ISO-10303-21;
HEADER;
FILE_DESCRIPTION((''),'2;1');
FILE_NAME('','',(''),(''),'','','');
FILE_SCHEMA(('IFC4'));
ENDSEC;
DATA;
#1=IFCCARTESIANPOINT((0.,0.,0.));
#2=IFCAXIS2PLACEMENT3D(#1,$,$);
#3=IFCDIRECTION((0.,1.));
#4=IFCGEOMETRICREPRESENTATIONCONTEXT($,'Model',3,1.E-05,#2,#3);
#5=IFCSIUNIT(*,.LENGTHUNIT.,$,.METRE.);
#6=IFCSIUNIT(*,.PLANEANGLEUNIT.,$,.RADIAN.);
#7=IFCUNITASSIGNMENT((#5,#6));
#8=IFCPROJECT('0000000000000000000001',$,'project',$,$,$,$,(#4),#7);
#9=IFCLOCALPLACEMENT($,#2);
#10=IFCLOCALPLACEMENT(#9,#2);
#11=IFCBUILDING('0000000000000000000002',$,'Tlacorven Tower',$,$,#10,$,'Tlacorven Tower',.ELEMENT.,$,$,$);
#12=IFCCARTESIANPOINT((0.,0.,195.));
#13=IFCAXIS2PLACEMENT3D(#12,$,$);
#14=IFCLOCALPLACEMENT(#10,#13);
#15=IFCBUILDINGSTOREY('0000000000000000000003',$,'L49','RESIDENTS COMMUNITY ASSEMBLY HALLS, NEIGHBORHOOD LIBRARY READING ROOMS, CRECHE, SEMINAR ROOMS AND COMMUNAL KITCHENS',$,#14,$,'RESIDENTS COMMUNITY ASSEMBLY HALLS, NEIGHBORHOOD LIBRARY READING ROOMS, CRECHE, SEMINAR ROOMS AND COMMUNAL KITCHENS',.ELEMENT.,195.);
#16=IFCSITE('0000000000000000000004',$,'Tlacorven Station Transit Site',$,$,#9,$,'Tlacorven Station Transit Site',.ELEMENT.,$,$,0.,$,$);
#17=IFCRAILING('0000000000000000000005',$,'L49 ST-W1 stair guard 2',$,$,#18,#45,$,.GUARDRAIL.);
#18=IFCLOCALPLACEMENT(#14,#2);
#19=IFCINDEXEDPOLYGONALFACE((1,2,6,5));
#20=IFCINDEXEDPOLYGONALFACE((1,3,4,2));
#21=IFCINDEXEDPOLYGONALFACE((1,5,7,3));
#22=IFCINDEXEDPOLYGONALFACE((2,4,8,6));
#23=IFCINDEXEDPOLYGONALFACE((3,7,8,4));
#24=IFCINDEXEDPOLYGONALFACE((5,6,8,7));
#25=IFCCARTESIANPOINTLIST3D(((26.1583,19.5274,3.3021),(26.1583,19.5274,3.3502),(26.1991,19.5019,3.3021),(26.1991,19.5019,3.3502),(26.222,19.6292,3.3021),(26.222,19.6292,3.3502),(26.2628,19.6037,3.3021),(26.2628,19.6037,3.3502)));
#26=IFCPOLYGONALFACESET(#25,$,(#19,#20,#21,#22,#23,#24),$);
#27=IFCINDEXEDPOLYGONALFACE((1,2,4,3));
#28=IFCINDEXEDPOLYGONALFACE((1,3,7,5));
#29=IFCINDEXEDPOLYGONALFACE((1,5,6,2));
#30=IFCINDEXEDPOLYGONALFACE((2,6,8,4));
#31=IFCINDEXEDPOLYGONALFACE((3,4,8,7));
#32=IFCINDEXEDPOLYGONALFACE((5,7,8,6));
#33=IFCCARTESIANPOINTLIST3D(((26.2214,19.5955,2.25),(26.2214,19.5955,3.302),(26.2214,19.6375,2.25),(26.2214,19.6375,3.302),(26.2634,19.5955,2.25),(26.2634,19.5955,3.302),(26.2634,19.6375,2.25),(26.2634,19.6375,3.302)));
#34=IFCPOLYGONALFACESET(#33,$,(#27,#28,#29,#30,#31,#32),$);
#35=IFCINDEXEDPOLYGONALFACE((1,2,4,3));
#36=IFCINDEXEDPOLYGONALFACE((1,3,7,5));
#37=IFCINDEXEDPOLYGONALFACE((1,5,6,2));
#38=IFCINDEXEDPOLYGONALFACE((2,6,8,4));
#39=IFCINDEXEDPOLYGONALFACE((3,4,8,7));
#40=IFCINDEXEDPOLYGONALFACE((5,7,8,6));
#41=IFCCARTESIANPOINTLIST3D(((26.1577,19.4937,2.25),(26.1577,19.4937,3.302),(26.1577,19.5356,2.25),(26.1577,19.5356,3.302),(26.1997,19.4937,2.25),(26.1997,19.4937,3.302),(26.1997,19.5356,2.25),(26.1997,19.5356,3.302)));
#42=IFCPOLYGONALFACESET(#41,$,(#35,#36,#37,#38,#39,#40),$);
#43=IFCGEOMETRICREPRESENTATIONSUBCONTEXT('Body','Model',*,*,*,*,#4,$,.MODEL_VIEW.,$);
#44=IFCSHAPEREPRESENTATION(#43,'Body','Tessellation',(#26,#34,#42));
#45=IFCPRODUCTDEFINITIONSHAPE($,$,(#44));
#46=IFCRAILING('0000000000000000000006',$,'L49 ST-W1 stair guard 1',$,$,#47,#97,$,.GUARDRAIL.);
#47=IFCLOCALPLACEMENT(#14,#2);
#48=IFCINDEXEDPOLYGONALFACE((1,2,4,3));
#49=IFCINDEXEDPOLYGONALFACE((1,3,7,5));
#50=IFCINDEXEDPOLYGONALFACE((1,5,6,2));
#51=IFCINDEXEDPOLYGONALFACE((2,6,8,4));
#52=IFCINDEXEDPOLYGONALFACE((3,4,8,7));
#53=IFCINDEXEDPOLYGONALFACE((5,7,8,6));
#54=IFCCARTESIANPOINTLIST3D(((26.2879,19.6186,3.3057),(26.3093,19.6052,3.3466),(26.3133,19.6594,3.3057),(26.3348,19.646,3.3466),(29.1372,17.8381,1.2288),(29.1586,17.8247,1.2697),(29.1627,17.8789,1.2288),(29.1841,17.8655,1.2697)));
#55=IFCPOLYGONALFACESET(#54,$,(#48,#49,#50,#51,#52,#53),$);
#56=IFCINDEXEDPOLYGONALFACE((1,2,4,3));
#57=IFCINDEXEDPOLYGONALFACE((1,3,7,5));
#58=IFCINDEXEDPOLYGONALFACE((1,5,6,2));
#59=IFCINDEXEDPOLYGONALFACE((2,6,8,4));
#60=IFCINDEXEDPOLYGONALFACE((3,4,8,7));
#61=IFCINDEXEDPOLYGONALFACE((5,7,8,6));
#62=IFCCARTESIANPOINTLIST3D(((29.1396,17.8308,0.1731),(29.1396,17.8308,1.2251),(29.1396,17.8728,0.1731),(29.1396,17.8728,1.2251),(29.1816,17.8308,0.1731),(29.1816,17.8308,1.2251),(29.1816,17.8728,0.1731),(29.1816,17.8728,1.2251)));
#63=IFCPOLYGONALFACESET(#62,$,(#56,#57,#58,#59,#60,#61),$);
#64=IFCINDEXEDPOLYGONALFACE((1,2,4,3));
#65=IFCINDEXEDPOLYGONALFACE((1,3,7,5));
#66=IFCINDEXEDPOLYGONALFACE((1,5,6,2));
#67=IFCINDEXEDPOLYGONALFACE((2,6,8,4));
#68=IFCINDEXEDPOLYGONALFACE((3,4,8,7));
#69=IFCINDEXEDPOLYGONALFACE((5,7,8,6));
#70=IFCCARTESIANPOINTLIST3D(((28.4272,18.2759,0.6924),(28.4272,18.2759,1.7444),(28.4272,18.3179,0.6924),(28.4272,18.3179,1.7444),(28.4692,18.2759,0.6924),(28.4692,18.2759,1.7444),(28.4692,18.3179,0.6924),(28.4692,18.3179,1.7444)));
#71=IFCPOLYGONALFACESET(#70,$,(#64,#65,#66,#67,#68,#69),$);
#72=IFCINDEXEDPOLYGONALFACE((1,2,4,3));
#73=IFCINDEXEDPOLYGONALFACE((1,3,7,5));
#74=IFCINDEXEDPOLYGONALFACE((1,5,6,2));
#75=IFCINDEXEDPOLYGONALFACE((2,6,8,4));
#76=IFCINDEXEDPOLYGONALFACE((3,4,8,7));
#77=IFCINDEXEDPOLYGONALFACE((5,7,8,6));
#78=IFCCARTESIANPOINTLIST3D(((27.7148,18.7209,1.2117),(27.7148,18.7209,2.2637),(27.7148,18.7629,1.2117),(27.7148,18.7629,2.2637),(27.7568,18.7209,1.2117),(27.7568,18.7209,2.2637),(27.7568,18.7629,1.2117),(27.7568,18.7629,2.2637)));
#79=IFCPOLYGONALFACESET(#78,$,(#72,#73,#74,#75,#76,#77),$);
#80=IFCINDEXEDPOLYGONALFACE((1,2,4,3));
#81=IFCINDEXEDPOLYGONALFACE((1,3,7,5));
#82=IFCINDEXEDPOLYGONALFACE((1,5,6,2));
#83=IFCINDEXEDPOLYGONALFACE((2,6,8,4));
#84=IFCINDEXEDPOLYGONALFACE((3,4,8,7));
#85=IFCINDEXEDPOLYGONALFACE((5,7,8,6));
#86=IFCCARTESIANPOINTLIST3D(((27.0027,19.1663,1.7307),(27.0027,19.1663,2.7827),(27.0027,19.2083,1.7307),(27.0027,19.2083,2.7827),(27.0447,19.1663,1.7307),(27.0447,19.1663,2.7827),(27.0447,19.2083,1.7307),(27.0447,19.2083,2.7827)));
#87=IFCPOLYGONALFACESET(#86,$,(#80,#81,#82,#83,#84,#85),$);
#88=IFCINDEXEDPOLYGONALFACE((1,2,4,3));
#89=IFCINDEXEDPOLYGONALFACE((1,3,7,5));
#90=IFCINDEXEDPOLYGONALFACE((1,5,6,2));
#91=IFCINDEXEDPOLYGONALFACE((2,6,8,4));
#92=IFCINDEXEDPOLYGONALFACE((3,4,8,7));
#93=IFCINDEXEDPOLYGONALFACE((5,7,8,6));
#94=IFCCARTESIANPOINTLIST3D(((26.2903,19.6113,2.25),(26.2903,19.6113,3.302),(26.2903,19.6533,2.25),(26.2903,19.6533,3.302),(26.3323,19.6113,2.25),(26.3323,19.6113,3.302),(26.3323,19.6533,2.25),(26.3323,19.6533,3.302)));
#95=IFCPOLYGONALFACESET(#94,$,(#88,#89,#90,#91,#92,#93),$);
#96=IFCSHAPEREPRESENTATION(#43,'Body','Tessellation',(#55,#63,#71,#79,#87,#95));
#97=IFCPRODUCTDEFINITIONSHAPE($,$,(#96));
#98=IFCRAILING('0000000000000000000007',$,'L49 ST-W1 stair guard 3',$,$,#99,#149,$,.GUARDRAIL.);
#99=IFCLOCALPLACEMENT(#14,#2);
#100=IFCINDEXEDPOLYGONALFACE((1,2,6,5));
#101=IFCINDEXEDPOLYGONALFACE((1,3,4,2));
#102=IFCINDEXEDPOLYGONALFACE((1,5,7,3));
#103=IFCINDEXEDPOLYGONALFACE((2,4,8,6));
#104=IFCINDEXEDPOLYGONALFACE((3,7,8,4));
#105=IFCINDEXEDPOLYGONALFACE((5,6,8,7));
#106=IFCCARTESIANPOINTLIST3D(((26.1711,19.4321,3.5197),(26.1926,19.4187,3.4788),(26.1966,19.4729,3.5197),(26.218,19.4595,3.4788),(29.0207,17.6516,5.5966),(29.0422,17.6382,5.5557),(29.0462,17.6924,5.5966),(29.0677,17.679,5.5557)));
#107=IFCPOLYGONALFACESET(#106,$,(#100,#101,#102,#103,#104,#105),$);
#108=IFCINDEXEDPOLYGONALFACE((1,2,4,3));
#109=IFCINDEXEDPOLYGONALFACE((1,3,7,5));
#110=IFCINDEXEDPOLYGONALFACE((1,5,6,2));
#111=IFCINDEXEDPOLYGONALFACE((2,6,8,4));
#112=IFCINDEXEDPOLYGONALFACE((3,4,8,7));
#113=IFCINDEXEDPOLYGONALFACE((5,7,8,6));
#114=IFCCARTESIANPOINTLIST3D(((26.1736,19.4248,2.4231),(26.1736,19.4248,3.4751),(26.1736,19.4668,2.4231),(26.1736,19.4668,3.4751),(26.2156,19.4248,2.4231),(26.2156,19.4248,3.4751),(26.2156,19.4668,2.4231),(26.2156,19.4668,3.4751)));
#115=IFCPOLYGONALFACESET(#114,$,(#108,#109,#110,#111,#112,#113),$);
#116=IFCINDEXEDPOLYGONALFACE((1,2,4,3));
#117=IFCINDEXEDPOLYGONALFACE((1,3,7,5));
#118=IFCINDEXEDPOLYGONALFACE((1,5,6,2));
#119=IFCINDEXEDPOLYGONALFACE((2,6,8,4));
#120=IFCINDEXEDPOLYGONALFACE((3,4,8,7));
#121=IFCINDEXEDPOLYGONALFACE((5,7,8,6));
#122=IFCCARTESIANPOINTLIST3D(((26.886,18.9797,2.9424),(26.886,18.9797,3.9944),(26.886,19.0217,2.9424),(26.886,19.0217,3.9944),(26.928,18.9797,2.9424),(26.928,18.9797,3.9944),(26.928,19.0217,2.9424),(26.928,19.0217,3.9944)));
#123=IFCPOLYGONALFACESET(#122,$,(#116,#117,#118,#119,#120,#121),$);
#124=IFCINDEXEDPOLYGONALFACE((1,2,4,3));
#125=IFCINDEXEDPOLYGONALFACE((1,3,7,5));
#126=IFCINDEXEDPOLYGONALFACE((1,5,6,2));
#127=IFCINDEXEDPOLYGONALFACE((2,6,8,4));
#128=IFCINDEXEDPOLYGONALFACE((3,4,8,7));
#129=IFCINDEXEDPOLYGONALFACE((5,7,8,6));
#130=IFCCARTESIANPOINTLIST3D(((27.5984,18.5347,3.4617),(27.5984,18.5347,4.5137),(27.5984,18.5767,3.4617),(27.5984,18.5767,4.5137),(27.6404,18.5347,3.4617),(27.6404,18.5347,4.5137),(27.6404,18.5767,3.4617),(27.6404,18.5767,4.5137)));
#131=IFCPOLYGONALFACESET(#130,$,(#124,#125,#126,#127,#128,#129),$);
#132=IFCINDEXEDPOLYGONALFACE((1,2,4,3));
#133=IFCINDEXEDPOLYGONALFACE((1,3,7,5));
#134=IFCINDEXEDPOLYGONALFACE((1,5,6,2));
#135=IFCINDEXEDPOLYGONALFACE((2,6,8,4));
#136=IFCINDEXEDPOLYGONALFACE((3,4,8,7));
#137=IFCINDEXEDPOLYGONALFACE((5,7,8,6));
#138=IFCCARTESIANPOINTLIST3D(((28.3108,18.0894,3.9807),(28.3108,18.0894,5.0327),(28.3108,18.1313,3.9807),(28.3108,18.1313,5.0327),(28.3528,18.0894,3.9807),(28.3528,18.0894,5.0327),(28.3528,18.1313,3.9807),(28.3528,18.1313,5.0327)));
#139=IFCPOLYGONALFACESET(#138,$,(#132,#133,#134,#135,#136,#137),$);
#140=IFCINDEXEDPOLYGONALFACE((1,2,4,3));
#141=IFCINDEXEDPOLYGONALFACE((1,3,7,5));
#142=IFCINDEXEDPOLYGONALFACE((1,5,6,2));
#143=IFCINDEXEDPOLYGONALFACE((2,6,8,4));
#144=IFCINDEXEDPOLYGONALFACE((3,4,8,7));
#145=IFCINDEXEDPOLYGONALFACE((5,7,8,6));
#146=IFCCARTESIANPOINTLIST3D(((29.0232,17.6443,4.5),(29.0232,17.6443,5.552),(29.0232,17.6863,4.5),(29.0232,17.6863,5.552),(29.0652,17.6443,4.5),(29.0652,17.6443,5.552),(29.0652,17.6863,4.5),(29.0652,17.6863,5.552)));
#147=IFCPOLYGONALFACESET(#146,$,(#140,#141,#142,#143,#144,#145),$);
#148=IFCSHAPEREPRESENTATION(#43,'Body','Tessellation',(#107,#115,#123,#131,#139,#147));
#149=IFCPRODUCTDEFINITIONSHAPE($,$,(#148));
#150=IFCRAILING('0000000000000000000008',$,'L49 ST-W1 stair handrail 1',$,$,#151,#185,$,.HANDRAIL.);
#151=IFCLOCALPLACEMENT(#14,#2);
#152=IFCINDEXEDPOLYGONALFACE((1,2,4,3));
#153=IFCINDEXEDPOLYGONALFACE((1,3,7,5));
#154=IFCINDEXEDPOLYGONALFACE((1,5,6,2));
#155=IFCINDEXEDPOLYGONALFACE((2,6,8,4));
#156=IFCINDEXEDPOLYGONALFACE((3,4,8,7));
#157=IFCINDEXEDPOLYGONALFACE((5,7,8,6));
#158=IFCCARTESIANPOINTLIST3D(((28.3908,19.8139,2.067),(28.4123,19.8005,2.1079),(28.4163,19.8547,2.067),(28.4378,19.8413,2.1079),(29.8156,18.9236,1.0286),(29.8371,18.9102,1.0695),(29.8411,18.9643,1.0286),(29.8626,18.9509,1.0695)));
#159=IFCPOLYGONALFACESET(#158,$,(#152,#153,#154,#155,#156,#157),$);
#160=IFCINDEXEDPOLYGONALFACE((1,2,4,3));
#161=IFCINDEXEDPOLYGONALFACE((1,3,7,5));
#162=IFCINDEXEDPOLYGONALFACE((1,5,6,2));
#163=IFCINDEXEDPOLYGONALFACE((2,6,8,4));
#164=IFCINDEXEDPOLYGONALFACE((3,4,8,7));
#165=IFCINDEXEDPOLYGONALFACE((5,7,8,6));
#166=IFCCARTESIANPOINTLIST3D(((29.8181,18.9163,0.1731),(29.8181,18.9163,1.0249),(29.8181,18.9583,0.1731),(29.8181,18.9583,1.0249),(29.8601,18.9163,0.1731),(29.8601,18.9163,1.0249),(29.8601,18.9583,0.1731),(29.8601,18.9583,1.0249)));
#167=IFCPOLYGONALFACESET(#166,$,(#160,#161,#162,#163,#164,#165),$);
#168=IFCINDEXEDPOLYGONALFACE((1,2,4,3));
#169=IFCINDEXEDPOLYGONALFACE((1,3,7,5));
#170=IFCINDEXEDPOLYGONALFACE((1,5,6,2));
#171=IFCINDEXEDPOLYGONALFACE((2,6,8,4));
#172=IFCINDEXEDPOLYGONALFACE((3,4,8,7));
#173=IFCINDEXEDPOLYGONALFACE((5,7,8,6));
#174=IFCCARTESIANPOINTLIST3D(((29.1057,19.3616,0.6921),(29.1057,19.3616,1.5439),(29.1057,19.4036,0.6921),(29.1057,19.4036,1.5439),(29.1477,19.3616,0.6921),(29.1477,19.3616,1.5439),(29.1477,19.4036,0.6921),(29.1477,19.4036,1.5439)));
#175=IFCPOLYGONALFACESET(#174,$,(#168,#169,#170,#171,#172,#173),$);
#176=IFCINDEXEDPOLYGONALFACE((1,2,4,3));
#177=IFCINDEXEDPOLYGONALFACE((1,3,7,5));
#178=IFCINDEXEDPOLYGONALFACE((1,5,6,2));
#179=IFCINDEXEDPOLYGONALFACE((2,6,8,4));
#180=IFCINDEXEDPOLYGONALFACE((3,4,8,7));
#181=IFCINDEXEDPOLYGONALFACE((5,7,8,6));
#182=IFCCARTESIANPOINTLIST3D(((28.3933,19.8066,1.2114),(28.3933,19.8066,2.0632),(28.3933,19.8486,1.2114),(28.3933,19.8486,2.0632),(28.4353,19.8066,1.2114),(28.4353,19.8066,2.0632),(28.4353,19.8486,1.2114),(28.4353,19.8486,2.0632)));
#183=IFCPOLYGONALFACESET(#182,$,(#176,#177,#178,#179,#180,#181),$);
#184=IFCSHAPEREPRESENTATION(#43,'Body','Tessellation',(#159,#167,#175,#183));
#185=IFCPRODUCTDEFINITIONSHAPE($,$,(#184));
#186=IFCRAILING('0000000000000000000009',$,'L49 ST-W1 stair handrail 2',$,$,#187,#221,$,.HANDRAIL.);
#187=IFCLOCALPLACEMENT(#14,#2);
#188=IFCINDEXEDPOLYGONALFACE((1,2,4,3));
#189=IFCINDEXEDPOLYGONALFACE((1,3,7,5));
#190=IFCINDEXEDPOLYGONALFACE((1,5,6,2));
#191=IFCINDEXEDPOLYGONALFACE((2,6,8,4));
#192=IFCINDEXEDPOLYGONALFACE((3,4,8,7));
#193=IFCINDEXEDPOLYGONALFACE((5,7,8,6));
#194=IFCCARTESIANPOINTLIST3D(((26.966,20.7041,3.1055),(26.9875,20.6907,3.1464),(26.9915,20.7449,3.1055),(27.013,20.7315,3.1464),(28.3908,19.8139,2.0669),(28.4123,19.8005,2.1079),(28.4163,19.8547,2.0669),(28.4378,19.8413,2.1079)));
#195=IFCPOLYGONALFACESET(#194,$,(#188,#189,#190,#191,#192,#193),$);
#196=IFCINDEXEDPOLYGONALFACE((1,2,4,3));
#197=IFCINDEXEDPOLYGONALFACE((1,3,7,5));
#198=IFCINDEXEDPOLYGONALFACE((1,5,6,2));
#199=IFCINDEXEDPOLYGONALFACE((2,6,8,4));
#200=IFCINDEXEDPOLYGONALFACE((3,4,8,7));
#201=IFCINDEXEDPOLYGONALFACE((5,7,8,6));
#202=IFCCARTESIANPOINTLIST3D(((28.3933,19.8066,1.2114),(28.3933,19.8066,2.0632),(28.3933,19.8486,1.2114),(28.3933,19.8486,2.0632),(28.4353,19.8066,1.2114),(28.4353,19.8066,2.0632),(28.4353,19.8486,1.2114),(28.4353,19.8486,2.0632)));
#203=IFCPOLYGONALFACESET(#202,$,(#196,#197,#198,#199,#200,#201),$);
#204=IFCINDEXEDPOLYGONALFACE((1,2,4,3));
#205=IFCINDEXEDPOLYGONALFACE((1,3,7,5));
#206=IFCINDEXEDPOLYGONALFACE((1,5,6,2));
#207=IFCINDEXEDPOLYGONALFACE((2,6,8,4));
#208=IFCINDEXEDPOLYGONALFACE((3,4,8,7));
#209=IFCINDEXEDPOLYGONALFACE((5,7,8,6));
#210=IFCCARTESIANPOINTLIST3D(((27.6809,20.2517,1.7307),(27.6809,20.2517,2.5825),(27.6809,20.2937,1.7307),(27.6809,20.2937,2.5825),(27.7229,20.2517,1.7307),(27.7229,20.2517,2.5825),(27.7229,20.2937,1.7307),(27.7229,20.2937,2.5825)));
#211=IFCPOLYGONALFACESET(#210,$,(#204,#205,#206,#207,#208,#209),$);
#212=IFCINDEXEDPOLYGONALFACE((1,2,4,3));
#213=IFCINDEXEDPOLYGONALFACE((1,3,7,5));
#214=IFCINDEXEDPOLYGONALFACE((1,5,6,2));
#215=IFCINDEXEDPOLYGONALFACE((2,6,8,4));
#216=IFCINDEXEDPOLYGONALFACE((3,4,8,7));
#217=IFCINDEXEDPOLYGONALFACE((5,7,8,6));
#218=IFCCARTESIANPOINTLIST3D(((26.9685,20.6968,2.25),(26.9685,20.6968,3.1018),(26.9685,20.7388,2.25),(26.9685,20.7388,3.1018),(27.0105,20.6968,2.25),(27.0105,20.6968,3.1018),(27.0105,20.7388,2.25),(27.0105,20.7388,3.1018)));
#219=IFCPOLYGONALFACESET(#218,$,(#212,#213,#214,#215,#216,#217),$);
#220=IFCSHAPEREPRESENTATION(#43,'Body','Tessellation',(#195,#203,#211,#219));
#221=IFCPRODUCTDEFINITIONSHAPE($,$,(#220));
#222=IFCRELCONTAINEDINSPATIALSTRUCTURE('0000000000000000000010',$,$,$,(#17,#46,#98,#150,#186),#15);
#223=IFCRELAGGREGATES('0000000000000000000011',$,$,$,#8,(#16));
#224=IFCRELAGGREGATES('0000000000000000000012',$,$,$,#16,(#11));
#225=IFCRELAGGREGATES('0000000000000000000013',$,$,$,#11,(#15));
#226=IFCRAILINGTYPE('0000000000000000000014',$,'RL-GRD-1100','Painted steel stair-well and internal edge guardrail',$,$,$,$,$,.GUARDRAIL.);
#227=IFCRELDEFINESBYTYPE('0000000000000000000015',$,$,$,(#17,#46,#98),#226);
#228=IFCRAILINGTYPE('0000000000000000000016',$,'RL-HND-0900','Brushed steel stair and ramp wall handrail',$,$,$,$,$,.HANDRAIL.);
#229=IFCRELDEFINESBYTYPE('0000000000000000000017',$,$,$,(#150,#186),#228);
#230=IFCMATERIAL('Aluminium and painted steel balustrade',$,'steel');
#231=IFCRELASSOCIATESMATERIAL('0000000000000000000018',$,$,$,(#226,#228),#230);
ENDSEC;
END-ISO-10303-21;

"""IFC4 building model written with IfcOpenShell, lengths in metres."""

from ifc_helpers import new_model, si_unit, direction, frame, origin, origin_2d, place, context, subcontext, project, spatial, rectangle, extrude, source, transform, mapped, material, type_object, element, save


model = new_model("IFC4")

# Units and contexts
model_context = context("Model", 3, precision=1e-05, world=origin(), true_north=direction((0.0, 1.0)))
body_context = subcontext(model_context, "Body", "Model", "MODEL_VIEW")
ifc_project = project(units=[si_unit("LENGTHUNIT", "METRE"), si_unit("PLANEANGLEUNIT", "RADIAN")], contexts=[model_context])

# Site, building, storey
site_placement = place(None, origin())
site = spatial("IfcSite", under=ifc_project, at=site_placement, Name="Tlacorven Station Transit Site", LongName="Tlacorven Station Transit Site", CompositionType="ELEMENT", RefElevation=0.0)
building_placement = place(site_placement, origin())
building = spatial("IfcBuilding", under=site, at=building_placement, Name="Tlacorven Tower", LongName="Tlacorven Tower", CompositionType="ELEMENT")
storey_placement = place(building_placement, frame((0.0, 0.0, 195.0)))
storey = spatial("IfcBuildingStorey", under=building, at=storey_placement, Name="L49", Description="RESIDENTS COMMUNITY ASSEMBLY HALLS, NEIGHBORHOOD LIBRARY READING ROOMS, CRECHE, SEMINAR ROOMS AND COMMUNAL KITCHENS", LongName="RESIDENTS COMMUNITY ASSEMBLY HALLS, NEIGHBORHOOD LIBRARY READING ROOMS, CRECHE, SEMINAR ROOMS AND COMMUNAL KITCHENS", CompositionType="ELEMENT", Elevation=195.0)

# Shared definitions
ifc_material_1 = material(Name="Aluminium and painted steel balustrade", Category="steel")
railing_type_1 = type_object("IfcRailingType", Name="RL-GRD-1100", Description="Painted steel stair-well and internal edge guardrail", PredefinedType="GUARDRAIL", material=ifc_material_1)

# Railings
shared_shape_1 = source(origin(), body_context, "Body", "SweptSolid", [
    extrude(rectangle(XDim=0.0481, YDim=0.0481, at=origin_2d()), frame((0.0, 0.0, 1.0762), z_axis=(-0.530547, -0.847656, 0.0), x_axis=(0.847656, -0.530547, 0.0)), (0.0, 0.0, 1.0), 0.1201),
    extrude(rectangle(XDim=0.042, YDim=0.042, at=origin_2d()), origin(), (0.0, 0.0, 1.0), 1.052),
    extrude(rectangle(XDim=0.042, YDim=0.042, at=origin_2d()), frame((-0.0637, -0.1018, 0.0)), (0.0, 0.0, 1.0), 1.052),
])
railing_1_placement = place(storey_placement, frame((26.2424, 19.6165, 2.25)))
element("IfcRailing", 1, at=railing_1_placement, inside=storey, type_object=railing_type_1, Name="L49 ST-W1 stair guard 2", PredefinedType="GUARDRAIL", context=body_context, shape_type="MappedRepresentation", body=[
    mapped(shared_shape_1, transform((0.0, 0.0, 0.0), scale=1.0)),
])
shared_shape_2 = source(origin(), body_context, "Body", "SweptSolid", [
    extrude(rectangle(XDim=0.0481, YDim=0.0481, at=origin_2d()), frame((0.0, 0.0, 1.0762), z_axis=(-0.721355, 0.450762, 0.525796), x_axis=(-0.529927, -0.848043, 0.0)), (0.0, 0.0, 1.0), 3.95),
    extrude(rectangle(XDim=0.042, YDim=0.042, at=origin_2d()), origin(), (0.0, 0.0, 1.0), 1.052),
    extrude(rectangle(XDim=0.042, YDim=0.042, at=origin_2d()), frame((-0.7124, 0.4451, 0.5193)), (0.0, 0.0, 1.0), 1.052),
    extrude(rectangle(XDim=0.042, YDim=0.042, at=origin_2d()), frame((-1.4248, 0.8901, 1.0386)), (0.0, 0.0, 1.0), 1.052),
    extrude(rectangle(XDim=0.042, YDim=0.042, at=origin_2d()), frame((-2.137, 1.3354, 1.5576)), (0.0, 0.0, 1.0), 1.052),
    extrude(rectangle(XDim=0.042, YDim=0.042, at=origin_2d()), frame((-2.8494, 1.7805, 2.0769)), (0.0, 0.0, 1.0), 1.052),
])
railing_2_placement = place(storey_placement, frame((29.1606, 17.8518, 0.1731)))
element("IfcRailing", 2, at=railing_2_placement, inside=storey, type_object=railing_type_1, Name="L49 ST-W1 stair guard 1", PredefinedType="GUARDRAIL", context=body_context, shape_type="MappedRepresentation", body=[
    mapped(shared_shape_2, transform((0.0, 0.0, 0.0), scale=1.0)),
])
shared_shape_3 = source(origin(), body_context, "Body", "SweptSolid", [
    extrude(rectangle(XDim=0.0481, YDim=0.0481, at=origin_2d()), frame((0.0, 0.0, 1.0762), z_axis=(0.721384, -0.450742, 0.525772), x_axis=(0.529894, 0.848064, 0.0)), (0.0, 0.0, 1.0), 3.9502),
    extrude(rectangle(XDim=0.042, YDim=0.042, at=origin_2d()), origin(), (0.0, 0.0, 1.0), 1.052),
    extrude(rectangle(XDim=0.042, YDim=0.042, at=origin_2d()), frame((0.7124, -0.4451, 0.5193)), (0.0, 0.0, 1.0), 1.052),
    extrude(rectangle(XDim=0.042, YDim=0.042, at=origin_2d()), frame((1.4248, -0.8901, 1.0386)), (0.0, 0.0, 1.0), 1.052),
    extrude(rectangle(XDim=0.042, YDim=0.042, at=origin_2d()), frame((2.1372, -1.3354, 1.5576)), (0.0, 0.0, 1.0), 1.052),
    extrude(rectangle(XDim=0.042, YDim=0.042, at=origin_2d()), frame((2.8496, -1.7805, 2.0769)), (0.0, 0.0, 1.0), 1.052),
])
railing_3_placement = place(storey_placement, frame((26.1946, 19.4458, 2.4231)))
element("IfcRailing", 3, at=railing_3_placement, inside=storey, type_object=railing_type_1, Name="L49 ST-W1 stair guard 3", PredefinedType="GUARDRAIL", context=body_context, shape_type="MappedRepresentation", body=[
    mapped(shared_shape_3, transform((0.0, 0.0, 0.0), scale=1.0)),
])
railing_type_2 = type_object("IfcRailingType", Name="RL-HND-0900", Description="Brushed steel stair and ramp wall handrail", PredefinedType="HANDRAIL", material=ifc_material_1)
shared_shape_4 = source(origin(), body_context, "Body", "SweptSolid", [
    extrude(rectangle(XDim=0.0481, YDim=0.0481, at=origin_2d()), frame((0.0, 0.0, 0.876), z_axis=(-0.721388, 0.450805, 0.525713), x_axis=(-0.529947, -0.848031, 0.0)), (0.0, 0.0, 1.0), 1.9751),
    extrude(rectangle(XDim=0.042, YDim=0.042, at=origin_2d()), origin(), (0.0, 0.0, 1.0), 0.8518),
    extrude(rectangle(XDim=0.042, YDim=0.042, at=origin_2d()), frame((-0.7124, 0.4453, 0.519)), (0.0, 0.0, 1.0), 0.8518),
    extrude(rectangle(XDim=0.042, YDim=0.042, at=origin_2d()), frame((-1.4248, 0.8904, 1.0383)), (0.0, 0.0, 1.0), 0.8518),
])
railing_4_placement = place(storey_placement, frame((29.8391, 18.9373, 0.1731)))
element("IfcRailing", 4, at=railing_4_placement, inside=storey, type_object=railing_type_2, Name="L49 ST-W1 stair handrail 1", PredefinedType="HANDRAIL", context=body_context, shape_type="MappedRepresentation", body=[
    mapped(shared_shape_4, transform((0.0, 0.0, 0.0), scale=1.0)),
])
shared_shape_5 = source(origin(), body_context, "Body", "SweptSolid", [
    extrude(rectangle(XDim=0.0481, YDim=0.0481, at=origin_2d()), frame((0.0, 0.0, 0.876), z_axis=(-0.721381, 0.450678, 0.525832), x_axis=(-0.529842, -0.848096, 0.0)), (0.0, 0.0, 1.0), 1.9751),
    extrude(rectangle(XDim=0.042, YDim=0.042, at=origin_2d()), origin(), (0.0, 0.0, 1.0), 0.8518),
    extrude(rectangle(XDim=0.042, YDim=0.042, at=origin_2d()), frame((-0.7124, 0.4451, 0.5193)), (0.0, 0.0, 1.0), 0.8518),
    extrude(rectangle(XDim=0.042, YDim=0.042, at=origin_2d()), frame((-1.4248, 0.8901, 1.0386)), (0.0, 0.0, 1.0), 0.8518),
])
railing_5_placement = place(storey_placement, frame((28.4143, 19.8276, 1.2114)))
element("IfcRailing", 5, at=railing_5_placement, inside=storey, type_object=railing_type_2, Name="L49 ST-W1 stair handrail 2", PredefinedType="HANDRAIL", context=body_context, shape_type="MappedRepresentation", body=[
    mapped(shared_shape_5, transform((0.0, 0.0, 0.0), scale=1.0)),
])

save(model, "model.ifc")
